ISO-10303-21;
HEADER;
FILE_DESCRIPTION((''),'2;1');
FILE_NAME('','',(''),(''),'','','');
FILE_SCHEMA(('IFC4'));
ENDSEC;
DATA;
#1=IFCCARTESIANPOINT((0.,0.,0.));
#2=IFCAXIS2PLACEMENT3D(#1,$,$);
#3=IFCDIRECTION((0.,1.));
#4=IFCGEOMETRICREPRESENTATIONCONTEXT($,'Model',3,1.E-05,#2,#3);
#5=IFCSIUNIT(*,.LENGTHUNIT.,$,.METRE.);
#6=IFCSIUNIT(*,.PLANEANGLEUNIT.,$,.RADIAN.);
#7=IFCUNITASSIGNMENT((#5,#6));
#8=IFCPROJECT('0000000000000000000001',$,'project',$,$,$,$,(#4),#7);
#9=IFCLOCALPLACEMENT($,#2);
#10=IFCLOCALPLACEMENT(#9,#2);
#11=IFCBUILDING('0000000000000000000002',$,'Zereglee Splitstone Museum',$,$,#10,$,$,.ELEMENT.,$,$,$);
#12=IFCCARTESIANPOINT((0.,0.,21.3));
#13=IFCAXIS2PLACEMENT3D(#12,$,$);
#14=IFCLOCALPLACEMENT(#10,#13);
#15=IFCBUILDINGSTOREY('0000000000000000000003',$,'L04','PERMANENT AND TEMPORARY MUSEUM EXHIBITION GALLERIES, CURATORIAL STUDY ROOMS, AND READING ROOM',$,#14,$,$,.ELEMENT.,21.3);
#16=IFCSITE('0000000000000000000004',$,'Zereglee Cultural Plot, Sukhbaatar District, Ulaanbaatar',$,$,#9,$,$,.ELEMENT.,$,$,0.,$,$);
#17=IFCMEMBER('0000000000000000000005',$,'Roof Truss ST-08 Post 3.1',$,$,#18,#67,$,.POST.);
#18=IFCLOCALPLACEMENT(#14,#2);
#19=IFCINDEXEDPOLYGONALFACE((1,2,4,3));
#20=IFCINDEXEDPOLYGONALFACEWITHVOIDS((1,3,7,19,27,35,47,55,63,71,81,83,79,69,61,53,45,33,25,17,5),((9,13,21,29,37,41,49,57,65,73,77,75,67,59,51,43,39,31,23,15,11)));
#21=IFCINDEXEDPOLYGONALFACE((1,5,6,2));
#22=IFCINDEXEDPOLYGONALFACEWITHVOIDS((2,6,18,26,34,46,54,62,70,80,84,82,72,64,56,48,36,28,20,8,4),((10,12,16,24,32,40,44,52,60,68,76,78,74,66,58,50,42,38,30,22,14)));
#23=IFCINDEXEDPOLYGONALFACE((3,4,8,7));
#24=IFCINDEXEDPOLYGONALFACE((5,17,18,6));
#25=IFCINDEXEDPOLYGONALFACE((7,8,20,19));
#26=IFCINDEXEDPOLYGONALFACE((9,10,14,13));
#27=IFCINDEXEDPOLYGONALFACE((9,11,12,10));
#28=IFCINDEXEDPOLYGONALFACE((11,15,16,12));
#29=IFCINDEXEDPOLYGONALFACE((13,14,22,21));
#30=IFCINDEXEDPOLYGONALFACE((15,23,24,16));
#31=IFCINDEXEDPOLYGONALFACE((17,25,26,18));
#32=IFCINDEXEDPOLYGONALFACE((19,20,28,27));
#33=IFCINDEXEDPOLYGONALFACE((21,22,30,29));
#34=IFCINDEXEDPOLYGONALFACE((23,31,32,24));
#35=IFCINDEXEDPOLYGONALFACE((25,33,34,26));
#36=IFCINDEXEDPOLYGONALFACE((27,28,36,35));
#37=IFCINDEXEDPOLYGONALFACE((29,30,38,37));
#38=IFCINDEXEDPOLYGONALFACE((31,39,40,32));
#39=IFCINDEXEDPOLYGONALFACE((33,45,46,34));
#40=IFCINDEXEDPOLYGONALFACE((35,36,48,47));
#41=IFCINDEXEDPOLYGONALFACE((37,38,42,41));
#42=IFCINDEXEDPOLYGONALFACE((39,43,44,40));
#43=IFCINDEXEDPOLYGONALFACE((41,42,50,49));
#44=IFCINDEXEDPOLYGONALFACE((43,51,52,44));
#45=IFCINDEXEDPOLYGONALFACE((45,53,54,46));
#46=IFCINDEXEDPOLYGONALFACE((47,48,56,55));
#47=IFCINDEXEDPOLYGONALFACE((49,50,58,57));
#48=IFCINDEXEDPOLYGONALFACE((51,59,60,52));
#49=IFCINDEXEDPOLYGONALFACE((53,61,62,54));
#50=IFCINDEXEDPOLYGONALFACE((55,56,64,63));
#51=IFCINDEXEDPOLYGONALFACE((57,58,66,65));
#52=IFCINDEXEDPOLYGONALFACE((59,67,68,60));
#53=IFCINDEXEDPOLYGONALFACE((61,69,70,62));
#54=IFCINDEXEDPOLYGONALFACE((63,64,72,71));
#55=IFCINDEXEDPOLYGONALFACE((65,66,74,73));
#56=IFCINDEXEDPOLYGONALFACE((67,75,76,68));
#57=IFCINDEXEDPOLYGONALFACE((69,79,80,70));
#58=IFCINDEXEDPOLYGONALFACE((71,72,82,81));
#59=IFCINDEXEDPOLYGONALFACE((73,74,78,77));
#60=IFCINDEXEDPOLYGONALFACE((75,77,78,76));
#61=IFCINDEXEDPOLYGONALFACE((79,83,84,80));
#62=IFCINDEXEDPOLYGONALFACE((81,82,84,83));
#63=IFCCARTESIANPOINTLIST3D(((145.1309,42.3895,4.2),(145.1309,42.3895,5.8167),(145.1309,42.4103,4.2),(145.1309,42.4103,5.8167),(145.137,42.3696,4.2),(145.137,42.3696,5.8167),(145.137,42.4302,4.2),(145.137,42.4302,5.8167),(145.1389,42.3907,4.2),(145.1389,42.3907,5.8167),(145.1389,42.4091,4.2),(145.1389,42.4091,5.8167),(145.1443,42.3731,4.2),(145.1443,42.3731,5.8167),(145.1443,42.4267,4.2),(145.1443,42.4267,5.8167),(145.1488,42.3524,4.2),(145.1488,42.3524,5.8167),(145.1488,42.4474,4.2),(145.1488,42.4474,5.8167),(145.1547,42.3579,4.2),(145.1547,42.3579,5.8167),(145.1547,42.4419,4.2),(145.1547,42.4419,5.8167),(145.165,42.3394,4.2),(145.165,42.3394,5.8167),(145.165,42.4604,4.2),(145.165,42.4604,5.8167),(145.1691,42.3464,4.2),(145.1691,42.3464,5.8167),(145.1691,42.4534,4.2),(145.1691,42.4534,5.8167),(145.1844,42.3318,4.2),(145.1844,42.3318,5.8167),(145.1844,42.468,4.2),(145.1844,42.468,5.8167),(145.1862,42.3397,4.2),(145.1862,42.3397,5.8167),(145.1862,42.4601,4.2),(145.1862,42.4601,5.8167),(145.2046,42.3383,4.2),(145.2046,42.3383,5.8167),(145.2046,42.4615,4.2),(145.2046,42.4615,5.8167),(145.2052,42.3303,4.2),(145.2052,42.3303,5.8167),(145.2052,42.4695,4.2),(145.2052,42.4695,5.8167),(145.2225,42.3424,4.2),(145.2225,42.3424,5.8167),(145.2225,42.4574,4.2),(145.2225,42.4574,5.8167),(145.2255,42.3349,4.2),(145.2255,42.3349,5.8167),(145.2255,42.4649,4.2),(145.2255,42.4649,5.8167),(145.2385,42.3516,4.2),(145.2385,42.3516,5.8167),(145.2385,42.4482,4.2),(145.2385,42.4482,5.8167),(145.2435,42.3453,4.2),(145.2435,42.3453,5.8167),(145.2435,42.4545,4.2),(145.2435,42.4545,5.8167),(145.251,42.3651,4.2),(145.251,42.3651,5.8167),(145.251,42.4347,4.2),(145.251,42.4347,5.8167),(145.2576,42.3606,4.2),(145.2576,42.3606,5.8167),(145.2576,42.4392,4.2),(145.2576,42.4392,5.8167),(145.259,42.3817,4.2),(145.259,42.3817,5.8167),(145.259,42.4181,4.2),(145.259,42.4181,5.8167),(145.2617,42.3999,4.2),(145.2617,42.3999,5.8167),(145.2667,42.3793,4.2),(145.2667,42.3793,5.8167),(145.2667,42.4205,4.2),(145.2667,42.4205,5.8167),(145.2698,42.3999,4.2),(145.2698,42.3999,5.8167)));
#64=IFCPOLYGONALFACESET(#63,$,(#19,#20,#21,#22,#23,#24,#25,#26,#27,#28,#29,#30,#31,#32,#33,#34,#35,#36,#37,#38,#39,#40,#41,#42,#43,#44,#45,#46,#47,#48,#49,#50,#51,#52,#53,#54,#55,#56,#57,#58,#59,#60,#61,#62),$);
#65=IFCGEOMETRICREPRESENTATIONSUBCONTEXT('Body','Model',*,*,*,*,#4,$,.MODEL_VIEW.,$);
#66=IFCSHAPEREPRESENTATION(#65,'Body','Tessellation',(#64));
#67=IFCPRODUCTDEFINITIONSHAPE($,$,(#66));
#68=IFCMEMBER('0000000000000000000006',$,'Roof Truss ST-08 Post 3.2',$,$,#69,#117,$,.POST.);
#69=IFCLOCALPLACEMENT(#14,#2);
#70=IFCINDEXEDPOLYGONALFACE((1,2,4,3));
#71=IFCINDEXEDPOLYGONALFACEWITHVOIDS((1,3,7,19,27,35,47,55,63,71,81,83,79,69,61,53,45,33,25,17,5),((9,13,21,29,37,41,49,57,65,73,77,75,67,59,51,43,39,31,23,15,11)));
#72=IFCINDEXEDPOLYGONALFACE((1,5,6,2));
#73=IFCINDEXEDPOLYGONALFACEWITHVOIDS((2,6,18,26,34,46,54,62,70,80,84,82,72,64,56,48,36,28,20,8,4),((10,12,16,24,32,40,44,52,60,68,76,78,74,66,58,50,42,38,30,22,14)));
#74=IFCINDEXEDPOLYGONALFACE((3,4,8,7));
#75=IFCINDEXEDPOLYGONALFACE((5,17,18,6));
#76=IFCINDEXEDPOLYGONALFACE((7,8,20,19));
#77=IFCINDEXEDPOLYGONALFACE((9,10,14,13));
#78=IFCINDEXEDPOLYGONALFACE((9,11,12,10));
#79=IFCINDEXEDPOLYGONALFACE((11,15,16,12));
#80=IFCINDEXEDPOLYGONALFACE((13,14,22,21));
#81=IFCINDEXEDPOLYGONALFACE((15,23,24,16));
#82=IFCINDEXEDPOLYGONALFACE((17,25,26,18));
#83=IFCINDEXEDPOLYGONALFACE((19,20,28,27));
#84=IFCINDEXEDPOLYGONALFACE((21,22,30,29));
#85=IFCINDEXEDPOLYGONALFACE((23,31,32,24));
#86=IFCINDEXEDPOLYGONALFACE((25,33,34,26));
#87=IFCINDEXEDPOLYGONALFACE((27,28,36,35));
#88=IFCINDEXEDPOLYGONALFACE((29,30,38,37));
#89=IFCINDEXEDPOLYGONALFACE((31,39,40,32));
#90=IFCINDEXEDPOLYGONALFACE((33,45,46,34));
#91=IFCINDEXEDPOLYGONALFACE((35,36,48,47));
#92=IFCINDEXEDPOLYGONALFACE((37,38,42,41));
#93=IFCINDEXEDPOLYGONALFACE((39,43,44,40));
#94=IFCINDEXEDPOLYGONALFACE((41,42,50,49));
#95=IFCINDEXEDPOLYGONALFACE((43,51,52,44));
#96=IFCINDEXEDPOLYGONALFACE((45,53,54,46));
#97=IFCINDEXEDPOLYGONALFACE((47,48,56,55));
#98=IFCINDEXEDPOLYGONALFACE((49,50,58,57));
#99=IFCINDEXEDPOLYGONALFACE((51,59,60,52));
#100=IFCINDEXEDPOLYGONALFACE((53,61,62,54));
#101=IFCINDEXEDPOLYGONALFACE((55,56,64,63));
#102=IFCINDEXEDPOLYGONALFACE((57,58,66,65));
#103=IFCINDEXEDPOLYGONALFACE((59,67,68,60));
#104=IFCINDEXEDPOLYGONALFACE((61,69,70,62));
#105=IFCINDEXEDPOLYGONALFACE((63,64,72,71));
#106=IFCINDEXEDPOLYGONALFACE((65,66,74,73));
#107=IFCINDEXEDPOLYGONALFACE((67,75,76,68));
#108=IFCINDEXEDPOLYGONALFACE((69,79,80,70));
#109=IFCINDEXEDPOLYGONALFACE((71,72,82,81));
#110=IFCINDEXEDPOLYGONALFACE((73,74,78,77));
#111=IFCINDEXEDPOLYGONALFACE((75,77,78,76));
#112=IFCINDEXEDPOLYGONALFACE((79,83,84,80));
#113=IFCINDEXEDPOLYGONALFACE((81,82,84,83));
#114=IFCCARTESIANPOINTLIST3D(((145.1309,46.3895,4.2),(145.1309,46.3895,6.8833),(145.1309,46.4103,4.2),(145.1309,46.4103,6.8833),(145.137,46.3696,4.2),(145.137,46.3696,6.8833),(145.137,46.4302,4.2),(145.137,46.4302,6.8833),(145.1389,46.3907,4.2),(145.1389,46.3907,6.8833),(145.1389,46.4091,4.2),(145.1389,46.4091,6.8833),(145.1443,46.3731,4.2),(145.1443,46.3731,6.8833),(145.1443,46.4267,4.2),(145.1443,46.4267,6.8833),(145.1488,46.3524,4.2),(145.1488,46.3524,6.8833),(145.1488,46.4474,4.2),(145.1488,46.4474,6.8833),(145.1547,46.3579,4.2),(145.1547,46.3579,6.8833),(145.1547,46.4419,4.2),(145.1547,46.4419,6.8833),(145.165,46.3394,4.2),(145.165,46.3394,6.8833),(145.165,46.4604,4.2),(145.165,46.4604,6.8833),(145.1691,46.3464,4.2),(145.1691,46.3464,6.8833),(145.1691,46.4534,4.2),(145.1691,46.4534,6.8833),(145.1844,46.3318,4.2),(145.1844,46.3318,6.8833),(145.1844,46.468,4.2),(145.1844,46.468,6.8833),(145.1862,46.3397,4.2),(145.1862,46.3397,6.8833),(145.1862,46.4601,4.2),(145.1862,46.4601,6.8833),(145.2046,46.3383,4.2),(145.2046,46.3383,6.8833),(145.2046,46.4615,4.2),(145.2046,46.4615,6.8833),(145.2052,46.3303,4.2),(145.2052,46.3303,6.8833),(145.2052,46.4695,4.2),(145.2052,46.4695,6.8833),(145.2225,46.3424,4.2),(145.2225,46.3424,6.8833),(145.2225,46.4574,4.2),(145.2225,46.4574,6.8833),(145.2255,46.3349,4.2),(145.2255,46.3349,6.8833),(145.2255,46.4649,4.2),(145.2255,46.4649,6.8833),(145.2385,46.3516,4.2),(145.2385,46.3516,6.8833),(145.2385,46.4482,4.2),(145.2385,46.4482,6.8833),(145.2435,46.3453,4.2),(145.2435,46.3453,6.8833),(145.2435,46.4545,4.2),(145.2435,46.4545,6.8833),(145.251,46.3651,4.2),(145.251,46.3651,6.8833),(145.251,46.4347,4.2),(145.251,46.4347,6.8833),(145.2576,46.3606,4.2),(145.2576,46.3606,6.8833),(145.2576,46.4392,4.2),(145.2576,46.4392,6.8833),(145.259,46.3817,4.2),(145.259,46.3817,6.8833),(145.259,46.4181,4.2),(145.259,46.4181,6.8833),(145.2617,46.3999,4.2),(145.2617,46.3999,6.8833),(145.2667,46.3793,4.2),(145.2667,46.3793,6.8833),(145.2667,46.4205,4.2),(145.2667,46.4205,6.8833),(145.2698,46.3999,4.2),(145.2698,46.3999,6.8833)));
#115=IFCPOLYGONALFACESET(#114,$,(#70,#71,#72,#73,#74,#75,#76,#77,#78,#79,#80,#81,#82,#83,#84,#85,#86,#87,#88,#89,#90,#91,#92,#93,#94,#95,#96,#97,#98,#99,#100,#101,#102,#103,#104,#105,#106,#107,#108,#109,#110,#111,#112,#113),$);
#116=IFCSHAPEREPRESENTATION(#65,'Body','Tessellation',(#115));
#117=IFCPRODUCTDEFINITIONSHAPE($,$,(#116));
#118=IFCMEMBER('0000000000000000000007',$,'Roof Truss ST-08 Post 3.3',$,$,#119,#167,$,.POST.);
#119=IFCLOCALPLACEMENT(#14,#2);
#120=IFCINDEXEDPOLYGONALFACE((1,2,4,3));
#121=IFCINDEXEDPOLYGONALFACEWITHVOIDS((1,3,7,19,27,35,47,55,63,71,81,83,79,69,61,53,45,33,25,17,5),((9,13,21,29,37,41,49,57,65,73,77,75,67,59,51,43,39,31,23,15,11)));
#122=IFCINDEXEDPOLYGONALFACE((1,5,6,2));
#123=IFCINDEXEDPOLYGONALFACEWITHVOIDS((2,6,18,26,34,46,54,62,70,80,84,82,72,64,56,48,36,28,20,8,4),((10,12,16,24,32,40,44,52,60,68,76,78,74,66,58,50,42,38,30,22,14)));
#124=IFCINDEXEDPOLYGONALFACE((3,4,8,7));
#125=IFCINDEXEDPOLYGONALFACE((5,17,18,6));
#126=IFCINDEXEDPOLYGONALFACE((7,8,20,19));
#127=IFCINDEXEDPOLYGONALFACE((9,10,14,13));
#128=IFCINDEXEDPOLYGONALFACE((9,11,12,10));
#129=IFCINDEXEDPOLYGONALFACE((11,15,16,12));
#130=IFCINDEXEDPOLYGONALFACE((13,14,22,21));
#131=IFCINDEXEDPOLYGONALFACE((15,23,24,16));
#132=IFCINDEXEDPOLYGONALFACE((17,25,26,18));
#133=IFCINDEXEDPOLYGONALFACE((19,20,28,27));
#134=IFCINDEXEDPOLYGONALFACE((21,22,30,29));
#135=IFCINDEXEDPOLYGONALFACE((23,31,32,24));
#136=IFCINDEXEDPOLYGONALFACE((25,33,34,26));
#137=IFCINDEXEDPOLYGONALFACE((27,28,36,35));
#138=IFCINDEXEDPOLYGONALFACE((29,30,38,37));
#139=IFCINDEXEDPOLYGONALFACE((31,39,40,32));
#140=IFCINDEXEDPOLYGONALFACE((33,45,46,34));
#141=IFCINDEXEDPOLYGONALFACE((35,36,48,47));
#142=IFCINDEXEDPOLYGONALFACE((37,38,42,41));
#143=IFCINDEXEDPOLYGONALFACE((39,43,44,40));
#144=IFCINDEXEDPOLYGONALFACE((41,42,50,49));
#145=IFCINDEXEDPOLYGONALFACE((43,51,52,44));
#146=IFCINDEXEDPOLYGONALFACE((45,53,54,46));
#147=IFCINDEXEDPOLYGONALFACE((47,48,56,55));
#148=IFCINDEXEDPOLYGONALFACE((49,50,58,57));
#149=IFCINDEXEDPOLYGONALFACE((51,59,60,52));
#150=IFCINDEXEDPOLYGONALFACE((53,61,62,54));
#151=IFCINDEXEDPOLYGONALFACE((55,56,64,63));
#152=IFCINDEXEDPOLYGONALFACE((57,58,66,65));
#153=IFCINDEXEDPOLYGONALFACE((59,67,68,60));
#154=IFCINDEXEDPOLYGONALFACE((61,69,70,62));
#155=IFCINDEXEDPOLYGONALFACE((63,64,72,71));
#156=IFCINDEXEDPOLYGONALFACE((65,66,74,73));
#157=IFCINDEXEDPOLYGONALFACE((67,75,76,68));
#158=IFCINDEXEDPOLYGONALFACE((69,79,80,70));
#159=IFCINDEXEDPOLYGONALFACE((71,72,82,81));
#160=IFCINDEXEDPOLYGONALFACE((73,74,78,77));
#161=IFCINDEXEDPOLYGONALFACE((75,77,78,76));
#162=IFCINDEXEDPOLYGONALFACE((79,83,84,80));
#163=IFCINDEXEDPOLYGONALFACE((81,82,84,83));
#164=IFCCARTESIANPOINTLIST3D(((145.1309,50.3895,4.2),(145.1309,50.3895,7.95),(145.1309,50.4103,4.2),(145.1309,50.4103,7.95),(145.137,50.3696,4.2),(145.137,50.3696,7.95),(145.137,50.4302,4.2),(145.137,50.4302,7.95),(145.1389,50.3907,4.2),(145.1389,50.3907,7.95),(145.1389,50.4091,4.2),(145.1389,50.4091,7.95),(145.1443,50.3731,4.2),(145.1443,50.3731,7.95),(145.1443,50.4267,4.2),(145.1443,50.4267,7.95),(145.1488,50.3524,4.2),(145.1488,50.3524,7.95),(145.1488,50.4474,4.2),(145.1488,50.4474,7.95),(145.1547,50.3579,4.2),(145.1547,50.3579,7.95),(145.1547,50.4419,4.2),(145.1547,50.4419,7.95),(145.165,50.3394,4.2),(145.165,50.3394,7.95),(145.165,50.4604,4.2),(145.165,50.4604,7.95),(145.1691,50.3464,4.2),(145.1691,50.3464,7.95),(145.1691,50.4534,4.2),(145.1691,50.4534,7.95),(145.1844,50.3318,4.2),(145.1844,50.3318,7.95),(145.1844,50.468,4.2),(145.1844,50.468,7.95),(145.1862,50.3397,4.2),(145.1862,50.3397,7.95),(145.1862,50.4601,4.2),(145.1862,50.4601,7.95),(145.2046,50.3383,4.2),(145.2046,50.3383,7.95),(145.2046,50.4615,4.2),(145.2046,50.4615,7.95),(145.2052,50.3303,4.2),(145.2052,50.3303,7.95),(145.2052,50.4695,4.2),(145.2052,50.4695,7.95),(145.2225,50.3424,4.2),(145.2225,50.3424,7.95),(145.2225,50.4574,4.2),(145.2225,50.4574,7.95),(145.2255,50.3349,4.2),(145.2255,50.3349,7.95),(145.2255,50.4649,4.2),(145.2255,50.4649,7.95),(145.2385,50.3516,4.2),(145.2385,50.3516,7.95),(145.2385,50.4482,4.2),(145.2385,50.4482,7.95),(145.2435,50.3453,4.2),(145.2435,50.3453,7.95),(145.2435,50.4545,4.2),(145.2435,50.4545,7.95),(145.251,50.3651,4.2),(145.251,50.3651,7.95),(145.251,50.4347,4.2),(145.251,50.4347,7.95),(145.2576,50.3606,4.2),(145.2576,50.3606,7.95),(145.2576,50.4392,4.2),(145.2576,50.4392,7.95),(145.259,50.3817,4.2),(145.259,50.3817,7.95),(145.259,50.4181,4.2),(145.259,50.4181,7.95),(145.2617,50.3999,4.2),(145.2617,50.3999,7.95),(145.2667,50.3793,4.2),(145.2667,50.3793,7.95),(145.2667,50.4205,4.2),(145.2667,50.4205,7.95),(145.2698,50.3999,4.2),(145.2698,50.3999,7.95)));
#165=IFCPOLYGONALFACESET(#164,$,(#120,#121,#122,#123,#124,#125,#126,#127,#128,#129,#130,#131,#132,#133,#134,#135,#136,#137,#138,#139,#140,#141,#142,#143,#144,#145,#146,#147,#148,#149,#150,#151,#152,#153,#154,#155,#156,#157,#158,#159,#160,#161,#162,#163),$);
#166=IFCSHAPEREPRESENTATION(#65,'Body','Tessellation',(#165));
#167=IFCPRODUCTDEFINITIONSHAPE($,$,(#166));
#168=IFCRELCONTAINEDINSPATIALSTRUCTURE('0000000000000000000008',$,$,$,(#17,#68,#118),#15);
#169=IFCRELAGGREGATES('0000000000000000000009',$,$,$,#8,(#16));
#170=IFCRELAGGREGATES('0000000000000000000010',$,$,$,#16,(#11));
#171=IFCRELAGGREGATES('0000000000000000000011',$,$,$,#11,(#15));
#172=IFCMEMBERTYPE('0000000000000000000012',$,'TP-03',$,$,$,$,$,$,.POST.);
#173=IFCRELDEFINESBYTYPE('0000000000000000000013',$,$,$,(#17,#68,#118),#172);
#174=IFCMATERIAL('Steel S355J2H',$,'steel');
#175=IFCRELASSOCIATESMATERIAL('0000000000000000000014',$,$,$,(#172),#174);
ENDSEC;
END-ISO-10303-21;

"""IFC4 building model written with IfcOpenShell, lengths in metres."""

from ifc_helpers import new_model, si_unit, direction, frame, origin, origin_2d, place, context, subcontext, project, spatial, hollow_circle, extrude, material, material_profile, profile_set, type_object, element, save


model = new_model("IFC4")

# Units and contexts
model_context = context("Model", 3, precision=1e-05, world=origin(), true_north=direction((0.0, 1.0)))
body_context = subcontext(model_context, "Body", "Model", "MODEL_VIEW")
ifc_project = project(units=[si_unit("LENGTHUNIT", "METRE"), si_unit("PLANEANGLEUNIT", "RADIAN")], contexts=[model_context])

# Site, building, storey
site_placement = place(None, origin())
site = spatial("IfcSite", under=ifc_project, at=site_placement, Name="Zereglee Cultural Plot, Sukhbaatar District, Ulaanbaatar", CompositionType="ELEMENT", RefElevation=0.0)
building_placement = place(site_placement, origin())
building = spatial("IfcBuilding", under=site, at=building_placement, Name="Zereglee Splitstone Museum", CompositionType="ELEMENT")
storey_placement = place(building_placement, frame((0.0, 0.0, 21.3)))
storey = spatial("IfcBuildingStorey", under=building, at=storey_placement, Name="L04", Description="PERMANENT AND TEMPORARY MUSEUM EXHIBITION GALLERIES, CURATORIAL STUDY ROOMS, AND READING ROOM", CompositionType="ELEMENT", Elevation=21.3)

# Shared definitions
ifc_material_1 = material(Name="Steel S355J2H", Category="steel")

# Members
ifc_material_profile_1 = material_profile(ifc_material_1, hollow_circle(Radius=0.0698, WallThickness=0.0081, at=origin_2d()), Name="CHS 139.7x8")
ifc_profile_set_1 = profile_set([ifc_material_profile_1], Name="Steel S355J2H")
member_type_1 = type_object("IfcMemberType", Name="TP-03", PredefinedType="POST", material=ifc_profile_set_1)
member_1_placement = place(storey_placement, frame((145.2, 42.3999, 4.2), z_axis=(0.0, 0.0, 1.0), x_axis=(1.0, 0.0, 0.0)))
element("IfcMember", 1, at=member_1_placement, inside=storey, type_object=member_type_1, Name="Roof Truss ST-08 Post 3.1", PredefinedType="POST", context=body_context, shape_type="SweptSolid", body=[
    extrude(hollow_circle(Radius=0.0698, WallThickness=0.0081, at=origin_2d()), origin(), (0.0, 0.0, 1.0), 1.6167),
])
member_2_placement = place(storey_placement, frame((145.2, 46.3999, 4.2), z_axis=(0.0, 0.0, 1.0), x_axis=(1.0, 0.0, 0.0)))
element("IfcMember", 2, at=member_2_placement, inside=storey, type_object=member_type_1, Name="Roof Truss ST-08 Post 3.2", PredefinedType="POST", context=body_context, shape_type="SweptSolid", body=[
    extrude(hollow_circle(Radius=0.0698, WallThickness=0.0081, at=origin_2d()), origin(), (0.0, 0.0, 1.0), 2.6833),
])
member_3_placement = place(storey_placement, frame((145.2, 50.3999, 4.2), z_axis=(0.0, 0.0, 1.0), x_axis=(1.0, 0.0, 0.0)))
element("IfcMember", 3, at=member_3_placement, inside=storey, type_object=member_type_1, Name="Roof Truss ST-08 Post 3.3", PredefinedType="POST", context=body_context, shape_type="SweptSolid", body=[
    extrude(hollow_circle(Radius=0.0698, WallThickness=0.0081, at=origin_2d()), origin(), (0.0, 0.0, 1.0), 3.75),
])

save(model, "model.ifc")
